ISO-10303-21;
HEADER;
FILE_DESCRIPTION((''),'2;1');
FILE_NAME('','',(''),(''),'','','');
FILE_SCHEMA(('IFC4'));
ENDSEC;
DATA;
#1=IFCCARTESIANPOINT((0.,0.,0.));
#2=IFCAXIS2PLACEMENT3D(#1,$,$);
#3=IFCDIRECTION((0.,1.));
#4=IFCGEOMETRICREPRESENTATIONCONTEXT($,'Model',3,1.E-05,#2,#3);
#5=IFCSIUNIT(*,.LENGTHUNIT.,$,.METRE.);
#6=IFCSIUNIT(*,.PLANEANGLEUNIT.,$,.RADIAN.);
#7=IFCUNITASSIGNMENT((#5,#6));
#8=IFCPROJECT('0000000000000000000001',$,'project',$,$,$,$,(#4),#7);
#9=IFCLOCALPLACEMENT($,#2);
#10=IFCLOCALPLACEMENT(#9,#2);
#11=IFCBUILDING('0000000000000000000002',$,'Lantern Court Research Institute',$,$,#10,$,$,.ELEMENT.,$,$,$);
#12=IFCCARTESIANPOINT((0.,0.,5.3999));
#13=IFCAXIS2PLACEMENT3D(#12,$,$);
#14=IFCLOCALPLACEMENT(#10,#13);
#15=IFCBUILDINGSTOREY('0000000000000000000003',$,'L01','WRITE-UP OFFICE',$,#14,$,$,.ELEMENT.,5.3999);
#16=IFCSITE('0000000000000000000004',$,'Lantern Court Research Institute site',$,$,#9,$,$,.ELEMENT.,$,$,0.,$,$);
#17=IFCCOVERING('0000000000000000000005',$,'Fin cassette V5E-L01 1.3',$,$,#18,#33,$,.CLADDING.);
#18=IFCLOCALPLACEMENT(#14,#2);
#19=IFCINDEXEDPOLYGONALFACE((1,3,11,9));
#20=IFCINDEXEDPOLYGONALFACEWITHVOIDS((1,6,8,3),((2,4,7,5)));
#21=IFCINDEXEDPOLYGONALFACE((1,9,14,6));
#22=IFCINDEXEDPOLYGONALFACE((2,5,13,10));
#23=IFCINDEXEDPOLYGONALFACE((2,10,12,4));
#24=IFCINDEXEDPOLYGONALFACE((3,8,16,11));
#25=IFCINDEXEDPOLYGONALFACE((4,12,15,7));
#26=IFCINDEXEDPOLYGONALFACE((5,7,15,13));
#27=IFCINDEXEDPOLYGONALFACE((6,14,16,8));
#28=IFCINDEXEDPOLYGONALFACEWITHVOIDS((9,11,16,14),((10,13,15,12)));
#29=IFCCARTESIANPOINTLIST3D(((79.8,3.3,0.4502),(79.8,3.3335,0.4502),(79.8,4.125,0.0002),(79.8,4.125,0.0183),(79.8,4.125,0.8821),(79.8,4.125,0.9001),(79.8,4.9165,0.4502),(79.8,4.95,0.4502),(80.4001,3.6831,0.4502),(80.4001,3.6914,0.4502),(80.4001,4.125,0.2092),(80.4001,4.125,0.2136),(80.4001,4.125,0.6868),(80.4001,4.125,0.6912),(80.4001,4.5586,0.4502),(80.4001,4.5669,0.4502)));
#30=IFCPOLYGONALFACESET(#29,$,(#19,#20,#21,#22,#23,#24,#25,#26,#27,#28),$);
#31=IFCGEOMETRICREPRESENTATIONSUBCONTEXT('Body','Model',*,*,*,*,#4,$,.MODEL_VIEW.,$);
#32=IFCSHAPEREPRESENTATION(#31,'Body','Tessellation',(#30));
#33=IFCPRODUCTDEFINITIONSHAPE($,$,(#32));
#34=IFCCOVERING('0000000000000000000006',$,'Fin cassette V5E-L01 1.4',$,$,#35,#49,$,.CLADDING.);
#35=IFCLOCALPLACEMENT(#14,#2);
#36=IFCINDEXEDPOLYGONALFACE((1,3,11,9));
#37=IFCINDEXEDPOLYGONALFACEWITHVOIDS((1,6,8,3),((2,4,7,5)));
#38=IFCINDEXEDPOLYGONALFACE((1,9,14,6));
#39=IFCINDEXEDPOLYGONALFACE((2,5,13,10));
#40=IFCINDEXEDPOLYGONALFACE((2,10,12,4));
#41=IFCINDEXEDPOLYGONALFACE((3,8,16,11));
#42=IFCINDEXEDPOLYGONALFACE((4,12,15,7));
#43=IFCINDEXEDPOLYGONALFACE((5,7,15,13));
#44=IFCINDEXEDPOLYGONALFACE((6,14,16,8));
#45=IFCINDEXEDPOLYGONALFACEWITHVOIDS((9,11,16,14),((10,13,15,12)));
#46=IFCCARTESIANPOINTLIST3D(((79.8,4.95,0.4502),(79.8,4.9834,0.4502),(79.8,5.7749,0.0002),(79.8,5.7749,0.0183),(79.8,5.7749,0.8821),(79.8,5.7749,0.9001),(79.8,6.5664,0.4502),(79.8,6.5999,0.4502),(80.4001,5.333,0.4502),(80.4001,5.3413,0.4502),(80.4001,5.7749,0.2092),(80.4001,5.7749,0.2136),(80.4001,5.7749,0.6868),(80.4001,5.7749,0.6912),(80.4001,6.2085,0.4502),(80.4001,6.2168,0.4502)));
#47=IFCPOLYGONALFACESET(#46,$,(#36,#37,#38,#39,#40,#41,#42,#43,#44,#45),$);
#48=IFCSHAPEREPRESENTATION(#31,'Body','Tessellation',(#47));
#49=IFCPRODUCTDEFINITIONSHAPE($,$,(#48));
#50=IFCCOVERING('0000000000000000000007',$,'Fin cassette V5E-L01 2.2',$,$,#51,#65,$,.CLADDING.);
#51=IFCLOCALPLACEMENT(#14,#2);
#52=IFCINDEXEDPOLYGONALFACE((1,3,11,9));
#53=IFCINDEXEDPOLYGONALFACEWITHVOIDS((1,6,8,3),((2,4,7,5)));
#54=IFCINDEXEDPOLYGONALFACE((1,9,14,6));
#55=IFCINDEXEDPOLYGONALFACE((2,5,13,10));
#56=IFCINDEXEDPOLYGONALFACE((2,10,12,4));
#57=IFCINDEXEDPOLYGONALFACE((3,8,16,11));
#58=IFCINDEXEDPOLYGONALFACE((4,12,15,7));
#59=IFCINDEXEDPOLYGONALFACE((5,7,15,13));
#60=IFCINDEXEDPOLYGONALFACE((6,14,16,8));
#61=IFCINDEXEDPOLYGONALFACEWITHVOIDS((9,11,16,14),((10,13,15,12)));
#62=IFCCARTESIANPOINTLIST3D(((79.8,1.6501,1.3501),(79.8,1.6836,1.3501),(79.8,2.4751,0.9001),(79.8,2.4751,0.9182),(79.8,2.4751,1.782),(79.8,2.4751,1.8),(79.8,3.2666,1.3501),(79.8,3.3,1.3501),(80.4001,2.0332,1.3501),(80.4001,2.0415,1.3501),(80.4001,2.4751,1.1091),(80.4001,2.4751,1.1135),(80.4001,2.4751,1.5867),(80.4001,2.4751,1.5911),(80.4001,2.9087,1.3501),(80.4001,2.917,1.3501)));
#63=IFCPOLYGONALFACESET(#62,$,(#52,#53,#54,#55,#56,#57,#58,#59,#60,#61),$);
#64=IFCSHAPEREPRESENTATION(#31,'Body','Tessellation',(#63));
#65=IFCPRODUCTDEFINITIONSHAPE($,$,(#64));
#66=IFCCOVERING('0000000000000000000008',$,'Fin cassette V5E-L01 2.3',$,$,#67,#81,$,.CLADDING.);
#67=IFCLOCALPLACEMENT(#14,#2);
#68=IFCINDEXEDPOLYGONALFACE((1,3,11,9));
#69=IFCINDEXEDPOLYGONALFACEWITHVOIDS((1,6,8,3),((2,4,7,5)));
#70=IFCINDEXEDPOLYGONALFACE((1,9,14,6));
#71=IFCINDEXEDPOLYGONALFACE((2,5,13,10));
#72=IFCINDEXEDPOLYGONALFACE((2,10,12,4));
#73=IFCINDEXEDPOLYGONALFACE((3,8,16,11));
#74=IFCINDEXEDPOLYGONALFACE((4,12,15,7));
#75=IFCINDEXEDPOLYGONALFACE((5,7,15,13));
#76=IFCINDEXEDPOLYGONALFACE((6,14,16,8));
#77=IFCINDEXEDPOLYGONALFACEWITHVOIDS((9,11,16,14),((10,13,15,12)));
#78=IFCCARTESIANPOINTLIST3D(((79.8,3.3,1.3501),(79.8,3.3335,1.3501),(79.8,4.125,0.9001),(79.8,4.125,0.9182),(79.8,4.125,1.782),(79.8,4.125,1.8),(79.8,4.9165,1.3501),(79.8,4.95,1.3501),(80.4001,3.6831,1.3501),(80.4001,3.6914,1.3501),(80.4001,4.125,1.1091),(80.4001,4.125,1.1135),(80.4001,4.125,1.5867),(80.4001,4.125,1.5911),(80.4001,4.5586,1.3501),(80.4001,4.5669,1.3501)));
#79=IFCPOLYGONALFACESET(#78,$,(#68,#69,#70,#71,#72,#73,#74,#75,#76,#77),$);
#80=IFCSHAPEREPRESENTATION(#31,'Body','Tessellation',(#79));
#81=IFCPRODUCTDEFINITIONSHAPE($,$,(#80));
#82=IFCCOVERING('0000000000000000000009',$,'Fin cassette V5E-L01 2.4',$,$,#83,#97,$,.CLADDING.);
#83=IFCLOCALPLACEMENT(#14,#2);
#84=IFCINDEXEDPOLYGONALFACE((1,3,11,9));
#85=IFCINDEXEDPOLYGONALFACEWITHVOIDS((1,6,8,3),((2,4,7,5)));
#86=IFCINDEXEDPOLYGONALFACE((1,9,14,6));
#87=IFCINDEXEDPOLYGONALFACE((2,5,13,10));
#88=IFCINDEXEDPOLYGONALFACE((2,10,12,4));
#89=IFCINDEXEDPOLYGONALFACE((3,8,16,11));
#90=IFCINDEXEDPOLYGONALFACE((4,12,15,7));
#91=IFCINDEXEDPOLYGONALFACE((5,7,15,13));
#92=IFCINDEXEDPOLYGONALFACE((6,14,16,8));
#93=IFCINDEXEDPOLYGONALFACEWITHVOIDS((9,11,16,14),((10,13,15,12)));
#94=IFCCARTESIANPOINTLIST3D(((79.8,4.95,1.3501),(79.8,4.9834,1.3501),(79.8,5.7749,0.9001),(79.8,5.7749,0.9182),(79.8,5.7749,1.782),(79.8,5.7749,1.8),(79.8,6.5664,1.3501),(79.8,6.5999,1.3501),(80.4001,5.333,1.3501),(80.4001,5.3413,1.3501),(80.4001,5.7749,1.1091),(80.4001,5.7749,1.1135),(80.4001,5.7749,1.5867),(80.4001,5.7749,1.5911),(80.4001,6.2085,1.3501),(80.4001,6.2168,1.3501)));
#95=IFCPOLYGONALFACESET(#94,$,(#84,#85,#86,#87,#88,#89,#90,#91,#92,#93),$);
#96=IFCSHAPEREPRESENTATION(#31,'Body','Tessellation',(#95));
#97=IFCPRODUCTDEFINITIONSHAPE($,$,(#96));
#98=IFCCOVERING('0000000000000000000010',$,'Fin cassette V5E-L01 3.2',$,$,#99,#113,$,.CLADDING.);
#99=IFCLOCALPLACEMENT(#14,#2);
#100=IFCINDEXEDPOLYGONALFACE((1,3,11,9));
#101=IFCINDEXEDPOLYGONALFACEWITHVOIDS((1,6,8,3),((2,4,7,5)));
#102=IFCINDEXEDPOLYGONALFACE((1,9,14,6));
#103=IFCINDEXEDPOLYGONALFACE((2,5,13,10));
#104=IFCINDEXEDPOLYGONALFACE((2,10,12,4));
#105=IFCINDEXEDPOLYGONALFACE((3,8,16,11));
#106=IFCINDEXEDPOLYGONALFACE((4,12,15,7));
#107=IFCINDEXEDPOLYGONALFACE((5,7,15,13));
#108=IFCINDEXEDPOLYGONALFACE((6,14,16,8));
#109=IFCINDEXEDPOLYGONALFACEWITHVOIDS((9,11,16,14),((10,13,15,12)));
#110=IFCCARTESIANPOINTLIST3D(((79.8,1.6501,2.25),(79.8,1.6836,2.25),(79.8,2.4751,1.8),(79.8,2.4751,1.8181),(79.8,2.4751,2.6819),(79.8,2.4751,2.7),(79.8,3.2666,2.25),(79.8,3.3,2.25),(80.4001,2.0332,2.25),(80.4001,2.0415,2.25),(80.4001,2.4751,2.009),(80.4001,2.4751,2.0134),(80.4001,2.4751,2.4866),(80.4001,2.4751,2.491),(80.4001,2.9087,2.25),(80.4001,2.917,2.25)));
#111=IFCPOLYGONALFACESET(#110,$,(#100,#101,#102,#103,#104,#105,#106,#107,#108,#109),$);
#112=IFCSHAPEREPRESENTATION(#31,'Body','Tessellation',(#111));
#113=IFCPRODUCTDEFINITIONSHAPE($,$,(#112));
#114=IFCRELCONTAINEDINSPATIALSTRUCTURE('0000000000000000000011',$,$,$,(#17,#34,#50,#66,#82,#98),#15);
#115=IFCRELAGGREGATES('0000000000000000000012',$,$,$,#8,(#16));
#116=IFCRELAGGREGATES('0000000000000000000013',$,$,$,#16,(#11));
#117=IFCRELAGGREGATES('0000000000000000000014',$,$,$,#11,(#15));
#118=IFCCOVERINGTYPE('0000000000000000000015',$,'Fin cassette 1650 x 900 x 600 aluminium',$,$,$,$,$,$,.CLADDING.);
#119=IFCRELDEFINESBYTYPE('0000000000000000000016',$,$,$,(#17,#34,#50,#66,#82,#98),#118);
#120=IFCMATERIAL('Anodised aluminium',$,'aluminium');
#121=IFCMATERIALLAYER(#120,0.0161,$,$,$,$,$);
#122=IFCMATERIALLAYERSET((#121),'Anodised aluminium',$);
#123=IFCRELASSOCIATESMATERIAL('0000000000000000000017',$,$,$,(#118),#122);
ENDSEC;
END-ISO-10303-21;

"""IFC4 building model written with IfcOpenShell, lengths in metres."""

from ifc_helpers import new_model, entity, si_unit, direction, frame, origin, place, context, subcontext, project, spatial, material, layer, layer_set, type_object, element, save


model = new_model("IFC4")

# Units and contexts
model_context = context("Model", 3, precision=1e-05, world=origin(), true_north=direction((0.0, 1.0)))
body_context = subcontext(model_context, "Body", "Model", "MODEL_VIEW")
ifc_project = project(units=[si_unit("LENGTHUNIT", "METRE"), si_unit("PLANEANGLEUNIT", "RADIAN")], contexts=[model_context])

# Site, building, storey
site_placement = place(None, origin())
site = spatial("IfcSite", under=ifc_project, at=site_placement, Name="Lantern Court Research Institute site", CompositionType="ELEMENT", RefElevation=0.0)
building_placement = place(site_placement, origin())
building = spatial("IfcBuilding", under=site, at=building_placement, Name="Lantern Court Research Institute", CompositionType="ELEMENT")
storey_placement = place(building_placement, frame((0.0, 0.0, 5.3999)))
storey = spatial("IfcBuildingStorey", under=building, at=storey_placement, Name="L01", Description="WRITE-UP OFFICE", CompositionType="ELEMENT", Elevation=5.3999)

# Coverings
ifc_material_1 = material(Name="Anodised aluminium", Category="aluminium")
ifc_layer_1 = layer(ifc_material_1, 0.0161)
ifc_layer_set_1 = layer_set([ifc_layer_1], Name="Anodised aluminium")
covering_type = type_object("IfcCoveringType", Name="Fin cassette 1650 x 900 x 600 aluminium", PredefinedType="CLADDING", material=ifc_layer_set_1)
covering_1_placement = place(storey_placement, frame((79.8, 4.125, 0.4502), z_axis=(1.0, 0.0, 0.0), x_axis=(0.0, 1.0, 0.0)))
cartesian_point_1 = entity("IfcCartesianPoint", [0.825, 0.0])
cartesian_point_2 = entity("IfcCartesianPoint", [0.7915, 0.0])
cartesian_point_3 = entity("IfcCartesianPoint", [0.4419, 0.0])
cartesian_point_4 = entity("IfcCartesianPoint", [0.4336, 0.0])
element("IfcCovering", 1, at=covering_1_placement, inside=storey, type_object=covering_type, Name="Fin cassette V5E-L01 1.3", PredefinedType="CLADDING", context=body_context, shape_type="SweptSolid", body=[
    entity("IfcExtrudedAreaSolidTapered", entity("IfcArbitraryProfileDefWithVoids", "AREA", None, entity("IfcPolyline", [cartesian_point_1, entity("IfcCartesianPoint", [0.0, 0.45]), entity("IfcCartesianPoint", [-0.825, 0.0]), entity("IfcCartesianPoint", [0.0, -0.45]), cartesian_point_1]), [entity("IfcPolyline", [cartesian_point_2, entity("IfcCartesianPoint", [0.0, 0.4319]), entity("IfcCartesianPoint", [-0.7915, 0.0]), entity("IfcCartesianPoint", [0.0, -0.4319]), cartesian_point_2])]), entity("IfcAxis2Placement3D", entity("IfcCartesianPoint", [0.0, 0.0, 0.0])), entity("IfcDirection", [0.0, 0.0, 1.0]), 0.6001, entity("IfcArbitraryProfileDefWithVoids", "AREA", None, entity("IfcPolyline", [cartesian_point_3, entity("IfcCartesianPoint", [0.0, 0.241]), entity("IfcCartesianPoint", [-0.4419, 0.0]), entity("IfcCartesianPoint", [0.0, -0.241]), cartesian_point_3]), [entity("IfcPolyline", [cartesian_point_4, entity("IfcCartesianPoint", [0.0, 0.2366]), entity("IfcCartesianPoint", [-0.4336, 0.0]), entity("IfcCartesianPoint", [0.0, -0.2366]), cartesian_point_4])])),
])
covering_2_placement = place(storey_placement, frame((79.8, 5.7749, 0.4502), z_axis=(1.0, 0.0, 0.0), x_axis=(0.0, 1.0, 0.0)))
cartesian_point_5 = entity("IfcCartesianPoint", [0.825, 0.0])
cartesian_point_6 = entity("IfcCartesianPoint", [0.7915, 0.0])
cartesian_point_7 = entity("IfcCartesianPoint", [0.4419, 0.0])
cartesian_point_8 = entity("IfcCartesianPoint", [0.4336, 0.0])
element("IfcCovering", 2, at=covering_2_placement, inside=storey, type_object=covering_type, Name="Fin cassette V5E-L01 1.4", PredefinedType="CLADDING", context=body_context, shape_type="SweptSolid", body=[
    entity("IfcExtrudedAreaSolidTapered", entity("IfcArbitraryProfileDefWithVoids", "AREA", None, entity("IfcPolyline", [cartesian_point_5, entity("IfcCartesianPoint", [0.0, 0.45]), entity("IfcCartesianPoint", [-0.825, 0.0]), entity("IfcCartesianPoint", [0.0, -0.45]), cartesian_point_5]), [entity("IfcPolyline", [cartesian_point_6, entity("IfcCartesianPoint", [0.0, 0.4319]), entity("IfcCartesianPoint", [-0.7915, 0.0]), entity("IfcCartesianPoint", [0.0, -0.4319]), cartesian_point_6])]), entity("IfcAxis2Placement3D", entity("IfcCartesianPoint", [0.0, 0.0, 0.0])), entity("IfcDirection", [0.0, 0.0, 1.0]), 0.6001, entity("IfcArbitraryProfileDefWithVoids", "AREA", None, entity("IfcPolyline", [cartesian_point_7, entity("IfcCartesianPoint", [0.0, 0.241]), entity("IfcCartesianPoint", [-0.4419, 0.0]), entity("IfcCartesianPoint", [0.0, -0.241]), cartesian_point_7]), [entity("IfcPolyline", [cartesian_point_8, entity("IfcCartesianPoint", [0.0, 0.2366]), entity("IfcCartesianPoint", [-0.4336, 0.0]), entity("IfcCartesianPoint", [0.0, -0.2366]), cartesian_point_8])])),
])
covering_3_placement = place(storey_placement, frame((79.8, 2.4751, 1.3501), z_axis=(1.0, 0.0, 0.0), x_axis=(0.0, 1.0, 0.0)))
cartesian_point_9 = entity("IfcCartesianPoint", [0.825, 0.0])
cartesian_point_10 = entity("IfcCartesianPoint", [0.7915, 0.0])
cartesian_point_11 = entity("IfcCartesianPoint", [0.4419, 0.0])
cartesian_point_12 = entity("IfcCartesianPoint", [0.4336, 0.0])
element("IfcCovering", 3, at=covering_3_placement, inside=storey, type_object=covering_type, Name="Fin cassette V5E-L01 2.2", PredefinedType="CLADDING", context=body_context, shape_type="SweptSolid", body=[
    entity("IfcExtrudedAreaSolidTapered", entity("IfcArbitraryProfileDefWithVoids", "AREA", None, entity("IfcPolyline", [cartesian_point_9, entity("IfcCartesianPoint", [0.0, 0.45]), entity("IfcCartesianPoint", [-0.825, 0.0]), entity("IfcCartesianPoint", [0.0, -0.45]), cartesian_point_9]), [entity("IfcPolyline", [cartesian_point_10, entity("IfcCartesianPoint", [0.0, 0.4319]), entity("IfcCartesianPoint", [-0.7915, 0.0]), entity("IfcCartesianPoint", [0.0, -0.4319]), cartesian_point_10])]), entity("IfcAxis2Placement3D", entity("IfcCartesianPoint", [0.0, 0.0, 0.0])), entity("IfcDirection", [0.0, 0.0, 1.0]), 0.6001, entity("IfcArbitraryProfileDefWithVoids", "AREA", None, entity("IfcPolyline", [cartesian_point_11, entity("IfcCartesianPoint", [0.0, 0.241]), entity("IfcCartesianPoint", [-0.4419, 0.0]), entity("IfcCartesianPoint", [0.0, -0.241]), cartesian_point_11]), [entity("IfcPolyline", [cartesian_point_12, entity("IfcCartesianPoint", [0.0, 0.2366]), entity("IfcCartesianPoint", [-0.4336, 0.0]), entity("IfcCartesianPoint", [0.0, -0.2366]), cartesian_point_12])])),
])
covering_4_placement = place(storey_placement, frame((79.8, 4.125, 1.3501), z_axis=(1.0, 0.0, 0.0), x_axis=(0.0, 1.0, 0.0)))
cartesian_point_13 = entity("IfcCartesianPoint", [0.825, 0.0])
cartesian_point_14 = entity("IfcCartesianPoint", [0.7915, 0.0])
cartesian_point_15 = entity("IfcCartesianPoint", [0.4419, 0.0])
cartesian_point_16 = entity("IfcCartesianPoint", [0.4336, 0.0])
element("IfcCovering", 4, at=covering_4_placement, inside=storey, type_object=covering_type, Name="Fin cassette V5E-L01 2.3", PredefinedType="CLADDING", context=body_context, shape_type="SweptSolid", body=[
    entity("IfcExtrudedAreaSolidTapered", entity("IfcArbitraryProfileDefWithVoids", "AREA", None, entity("IfcPolyline", [cartesian_point_13, entity("IfcCartesianPoint", [0.0, 0.45]), entity("IfcCartesianPoint", [-0.825, 0.0]), entity("IfcCartesianPoint", [0.0, -0.45]), cartesian_point_13]), [entity("IfcPolyline", [cartesian_point_14, entity("IfcCartesianPoint", [0.0, 0.4319]), entity("IfcCartesianPoint", [-0.7915, 0.0]), entity("IfcCartesianPoint", [0.0, -0.4319]), cartesian_point_14])]), entity("IfcAxis2Placement3D", entity("IfcCartesianPoint", [0.0, 0.0, 0.0])), entity("IfcDirection", [0.0, 0.0, 1.0]), 0.6001, entity("IfcArbitraryProfileDefWithVoids", "AREA", None, entity("IfcPolyline", [cartesian_point_15, entity("IfcCartesianPoint", [0.0, 0.241]), entity("IfcCartesianPoint", [-0.4419, 0.0]), entity("IfcCartesianPoint", [0.0, -0.241]), cartesian_point_15]), [entity("IfcPolyline", [cartesian_point_16, entity("IfcCartesianPoint", [0.0, 0.2366]), entity("IfcCartesianPoint", [-0.4336, 0.0]), entity("IfcCartesianPoint", [0.0, -0.2366]), cartesian_point_16])])),
])
covering_5_placement = place(storey_placement, frame((79.8, 5.7749, 1.3501), z_axis=(1.0, 0.0, 0.0), x_axis=(0.0, 1.0, 0.0)))
cartesian_point_17 = entity("IfcCartesianPoint", [0.825, 0.0])
cartesian_point_18 = entity("IfcCartesianPoint", [0.7915, 0.0])
cartesian_point_19 = entity("IfcCartesianPoint", [0.4419, 0.0])
cartesian_point_20 = entity("IfcCartesianPoint", [0.4336, 0.0])
element("IfcCovering", 5, at=covering_5_placement, inside=storey, type_object=covering_type, Name="Fin cassette V5E-L01 2.4", PredefinedType="CLADDING", context=body_context, shape_type="SweptSolid", body=[
    entity("IfcExtrudedAreaSolidTapered", entity("IfcArbitraryProfileDefWithVoids", "AREA", None, entity("IfcPolyline", [cartesian_point_17, entity("IfcCartesianPoint", [0.0, 0.45]), entity("IfcCartesianPoint", [-0.825, 0.0]), entity("IfcCartesianPoint", [0.0, -0.45]), cartesian_point_17]), [entity("IfcPolyline", [cartesian_point_18, entity("IfcCartesianPoint", [0.0, 0.4319]), entity("IfcCartesianPoint", [-0.7915, 0.0]), entity("IfcCartesianPoint", [0.0, -0.4319]), cartesian_point_18])]), entity("IfcAxis2Placement3D", entity("IfcCartesianPoint", [0.0, 0.0, 0.0])), entity("IfcDirection", [0.0, 0.0, 1.0]), 0.6001, entity("IfcArbitraryProfileDefWithVoids", "AREA", None, entity("IfcPolyline", [cartesian_point_19, entity("IfcCartesianPoint", [0.0, 0.241]), entity("IfcCartesianPoint", [-0.4419, 0.0]), entity("IfcCartesianPoint", [0.0, -0.241]), cartesian_point_19]), [entity("IfcPolyline", [cartesian_point_20, entity("IfcCartesianPoint", [0.0, 0.2366]), entity("IfcCartesianPoint", [-0.4336, 0.0]), entity("IfcCartesianPoint", [0.0, -0.2366]), cartesian_point_20])])),
])
covering_6_placement = place(storey_placement, frame((79.8, 2.4751, 2.25), z_axis=(1.0, 0.0, 0.0), x_axis=(0.0, 1.0, 0.0)))
cartesian_point_21 = entity("IfcCartesianPoint", [0.825, 0.0])
cartesian_point_22 = entity("IfcCartesianPoint", [0.7915, 0.0])
cartesian_point_23 = entity("IfcCartesianPoint", [0.4419, 0.0])
cartesian_point_24 = entity("IfcCartesianPoint", [0.4336, 0.0])
element("IfcCovering", 6, at=covering_6_placement, inside=storey, type_object=covering_type, Name="Fin cassette V5E-L01 3.2", PredefinedType="CLADDING", context=body_context, shape_type="SweptSolid", body=[
    entity("IfcExtrudedAreaSolidTapered", entity("IfcArbitraryProfileDefWithVoids", "AREA", None, entity("IfcPolyline", [cartesian_point_21, entity("IfcCartesianPoint", [0.0, 0.45]), entity("IfcCartesianPoint", [-0.825, 0.0]), entity("IfcCartesianPoint", [0.0, -0.45]), cartesian_point_21]), [entity("IfcPolyline", [cartesian_point_22, entity("IfcCartesianPoint", [0.0, 0.4319]), entity("IfcCartesianPoint", [-0.7915, 0.0]), entity("IfcCartesianPoint", [0.0, -0.4319]), cartesian_point_22])]), entity("IfcAxis2Placement3D", entity("IfcCartesianPoint", [0.0, 0.0, 0.0])), entity("IfcDirection", [0.0, 0.0, 1.0]), 0.6001, entity("IfcArbitraryProfileDefWithVoids", "AREA", None, entity("IfcPolyline", [cartesian_point_23, entity("IfcCartesianPoint", [0.0, 0.241]), entity("IfcCartesianPoint", [-0.4419, 0.0]), entity("IfcCartesianPoint", [0.0, -0.241]), cartesian_point_23]), [entity("IfcPolyline", [cartesian_point_24, entity("IfcCartesianPoint", [0.0, 0.2366]), entity("IfcCartesianPoint", [-0.4336, 0.0]), entity("IfcCartesianPoint", [0.0, -0.2366]), cartesian_point_24])])),
])

save(model, "model.ifc")
